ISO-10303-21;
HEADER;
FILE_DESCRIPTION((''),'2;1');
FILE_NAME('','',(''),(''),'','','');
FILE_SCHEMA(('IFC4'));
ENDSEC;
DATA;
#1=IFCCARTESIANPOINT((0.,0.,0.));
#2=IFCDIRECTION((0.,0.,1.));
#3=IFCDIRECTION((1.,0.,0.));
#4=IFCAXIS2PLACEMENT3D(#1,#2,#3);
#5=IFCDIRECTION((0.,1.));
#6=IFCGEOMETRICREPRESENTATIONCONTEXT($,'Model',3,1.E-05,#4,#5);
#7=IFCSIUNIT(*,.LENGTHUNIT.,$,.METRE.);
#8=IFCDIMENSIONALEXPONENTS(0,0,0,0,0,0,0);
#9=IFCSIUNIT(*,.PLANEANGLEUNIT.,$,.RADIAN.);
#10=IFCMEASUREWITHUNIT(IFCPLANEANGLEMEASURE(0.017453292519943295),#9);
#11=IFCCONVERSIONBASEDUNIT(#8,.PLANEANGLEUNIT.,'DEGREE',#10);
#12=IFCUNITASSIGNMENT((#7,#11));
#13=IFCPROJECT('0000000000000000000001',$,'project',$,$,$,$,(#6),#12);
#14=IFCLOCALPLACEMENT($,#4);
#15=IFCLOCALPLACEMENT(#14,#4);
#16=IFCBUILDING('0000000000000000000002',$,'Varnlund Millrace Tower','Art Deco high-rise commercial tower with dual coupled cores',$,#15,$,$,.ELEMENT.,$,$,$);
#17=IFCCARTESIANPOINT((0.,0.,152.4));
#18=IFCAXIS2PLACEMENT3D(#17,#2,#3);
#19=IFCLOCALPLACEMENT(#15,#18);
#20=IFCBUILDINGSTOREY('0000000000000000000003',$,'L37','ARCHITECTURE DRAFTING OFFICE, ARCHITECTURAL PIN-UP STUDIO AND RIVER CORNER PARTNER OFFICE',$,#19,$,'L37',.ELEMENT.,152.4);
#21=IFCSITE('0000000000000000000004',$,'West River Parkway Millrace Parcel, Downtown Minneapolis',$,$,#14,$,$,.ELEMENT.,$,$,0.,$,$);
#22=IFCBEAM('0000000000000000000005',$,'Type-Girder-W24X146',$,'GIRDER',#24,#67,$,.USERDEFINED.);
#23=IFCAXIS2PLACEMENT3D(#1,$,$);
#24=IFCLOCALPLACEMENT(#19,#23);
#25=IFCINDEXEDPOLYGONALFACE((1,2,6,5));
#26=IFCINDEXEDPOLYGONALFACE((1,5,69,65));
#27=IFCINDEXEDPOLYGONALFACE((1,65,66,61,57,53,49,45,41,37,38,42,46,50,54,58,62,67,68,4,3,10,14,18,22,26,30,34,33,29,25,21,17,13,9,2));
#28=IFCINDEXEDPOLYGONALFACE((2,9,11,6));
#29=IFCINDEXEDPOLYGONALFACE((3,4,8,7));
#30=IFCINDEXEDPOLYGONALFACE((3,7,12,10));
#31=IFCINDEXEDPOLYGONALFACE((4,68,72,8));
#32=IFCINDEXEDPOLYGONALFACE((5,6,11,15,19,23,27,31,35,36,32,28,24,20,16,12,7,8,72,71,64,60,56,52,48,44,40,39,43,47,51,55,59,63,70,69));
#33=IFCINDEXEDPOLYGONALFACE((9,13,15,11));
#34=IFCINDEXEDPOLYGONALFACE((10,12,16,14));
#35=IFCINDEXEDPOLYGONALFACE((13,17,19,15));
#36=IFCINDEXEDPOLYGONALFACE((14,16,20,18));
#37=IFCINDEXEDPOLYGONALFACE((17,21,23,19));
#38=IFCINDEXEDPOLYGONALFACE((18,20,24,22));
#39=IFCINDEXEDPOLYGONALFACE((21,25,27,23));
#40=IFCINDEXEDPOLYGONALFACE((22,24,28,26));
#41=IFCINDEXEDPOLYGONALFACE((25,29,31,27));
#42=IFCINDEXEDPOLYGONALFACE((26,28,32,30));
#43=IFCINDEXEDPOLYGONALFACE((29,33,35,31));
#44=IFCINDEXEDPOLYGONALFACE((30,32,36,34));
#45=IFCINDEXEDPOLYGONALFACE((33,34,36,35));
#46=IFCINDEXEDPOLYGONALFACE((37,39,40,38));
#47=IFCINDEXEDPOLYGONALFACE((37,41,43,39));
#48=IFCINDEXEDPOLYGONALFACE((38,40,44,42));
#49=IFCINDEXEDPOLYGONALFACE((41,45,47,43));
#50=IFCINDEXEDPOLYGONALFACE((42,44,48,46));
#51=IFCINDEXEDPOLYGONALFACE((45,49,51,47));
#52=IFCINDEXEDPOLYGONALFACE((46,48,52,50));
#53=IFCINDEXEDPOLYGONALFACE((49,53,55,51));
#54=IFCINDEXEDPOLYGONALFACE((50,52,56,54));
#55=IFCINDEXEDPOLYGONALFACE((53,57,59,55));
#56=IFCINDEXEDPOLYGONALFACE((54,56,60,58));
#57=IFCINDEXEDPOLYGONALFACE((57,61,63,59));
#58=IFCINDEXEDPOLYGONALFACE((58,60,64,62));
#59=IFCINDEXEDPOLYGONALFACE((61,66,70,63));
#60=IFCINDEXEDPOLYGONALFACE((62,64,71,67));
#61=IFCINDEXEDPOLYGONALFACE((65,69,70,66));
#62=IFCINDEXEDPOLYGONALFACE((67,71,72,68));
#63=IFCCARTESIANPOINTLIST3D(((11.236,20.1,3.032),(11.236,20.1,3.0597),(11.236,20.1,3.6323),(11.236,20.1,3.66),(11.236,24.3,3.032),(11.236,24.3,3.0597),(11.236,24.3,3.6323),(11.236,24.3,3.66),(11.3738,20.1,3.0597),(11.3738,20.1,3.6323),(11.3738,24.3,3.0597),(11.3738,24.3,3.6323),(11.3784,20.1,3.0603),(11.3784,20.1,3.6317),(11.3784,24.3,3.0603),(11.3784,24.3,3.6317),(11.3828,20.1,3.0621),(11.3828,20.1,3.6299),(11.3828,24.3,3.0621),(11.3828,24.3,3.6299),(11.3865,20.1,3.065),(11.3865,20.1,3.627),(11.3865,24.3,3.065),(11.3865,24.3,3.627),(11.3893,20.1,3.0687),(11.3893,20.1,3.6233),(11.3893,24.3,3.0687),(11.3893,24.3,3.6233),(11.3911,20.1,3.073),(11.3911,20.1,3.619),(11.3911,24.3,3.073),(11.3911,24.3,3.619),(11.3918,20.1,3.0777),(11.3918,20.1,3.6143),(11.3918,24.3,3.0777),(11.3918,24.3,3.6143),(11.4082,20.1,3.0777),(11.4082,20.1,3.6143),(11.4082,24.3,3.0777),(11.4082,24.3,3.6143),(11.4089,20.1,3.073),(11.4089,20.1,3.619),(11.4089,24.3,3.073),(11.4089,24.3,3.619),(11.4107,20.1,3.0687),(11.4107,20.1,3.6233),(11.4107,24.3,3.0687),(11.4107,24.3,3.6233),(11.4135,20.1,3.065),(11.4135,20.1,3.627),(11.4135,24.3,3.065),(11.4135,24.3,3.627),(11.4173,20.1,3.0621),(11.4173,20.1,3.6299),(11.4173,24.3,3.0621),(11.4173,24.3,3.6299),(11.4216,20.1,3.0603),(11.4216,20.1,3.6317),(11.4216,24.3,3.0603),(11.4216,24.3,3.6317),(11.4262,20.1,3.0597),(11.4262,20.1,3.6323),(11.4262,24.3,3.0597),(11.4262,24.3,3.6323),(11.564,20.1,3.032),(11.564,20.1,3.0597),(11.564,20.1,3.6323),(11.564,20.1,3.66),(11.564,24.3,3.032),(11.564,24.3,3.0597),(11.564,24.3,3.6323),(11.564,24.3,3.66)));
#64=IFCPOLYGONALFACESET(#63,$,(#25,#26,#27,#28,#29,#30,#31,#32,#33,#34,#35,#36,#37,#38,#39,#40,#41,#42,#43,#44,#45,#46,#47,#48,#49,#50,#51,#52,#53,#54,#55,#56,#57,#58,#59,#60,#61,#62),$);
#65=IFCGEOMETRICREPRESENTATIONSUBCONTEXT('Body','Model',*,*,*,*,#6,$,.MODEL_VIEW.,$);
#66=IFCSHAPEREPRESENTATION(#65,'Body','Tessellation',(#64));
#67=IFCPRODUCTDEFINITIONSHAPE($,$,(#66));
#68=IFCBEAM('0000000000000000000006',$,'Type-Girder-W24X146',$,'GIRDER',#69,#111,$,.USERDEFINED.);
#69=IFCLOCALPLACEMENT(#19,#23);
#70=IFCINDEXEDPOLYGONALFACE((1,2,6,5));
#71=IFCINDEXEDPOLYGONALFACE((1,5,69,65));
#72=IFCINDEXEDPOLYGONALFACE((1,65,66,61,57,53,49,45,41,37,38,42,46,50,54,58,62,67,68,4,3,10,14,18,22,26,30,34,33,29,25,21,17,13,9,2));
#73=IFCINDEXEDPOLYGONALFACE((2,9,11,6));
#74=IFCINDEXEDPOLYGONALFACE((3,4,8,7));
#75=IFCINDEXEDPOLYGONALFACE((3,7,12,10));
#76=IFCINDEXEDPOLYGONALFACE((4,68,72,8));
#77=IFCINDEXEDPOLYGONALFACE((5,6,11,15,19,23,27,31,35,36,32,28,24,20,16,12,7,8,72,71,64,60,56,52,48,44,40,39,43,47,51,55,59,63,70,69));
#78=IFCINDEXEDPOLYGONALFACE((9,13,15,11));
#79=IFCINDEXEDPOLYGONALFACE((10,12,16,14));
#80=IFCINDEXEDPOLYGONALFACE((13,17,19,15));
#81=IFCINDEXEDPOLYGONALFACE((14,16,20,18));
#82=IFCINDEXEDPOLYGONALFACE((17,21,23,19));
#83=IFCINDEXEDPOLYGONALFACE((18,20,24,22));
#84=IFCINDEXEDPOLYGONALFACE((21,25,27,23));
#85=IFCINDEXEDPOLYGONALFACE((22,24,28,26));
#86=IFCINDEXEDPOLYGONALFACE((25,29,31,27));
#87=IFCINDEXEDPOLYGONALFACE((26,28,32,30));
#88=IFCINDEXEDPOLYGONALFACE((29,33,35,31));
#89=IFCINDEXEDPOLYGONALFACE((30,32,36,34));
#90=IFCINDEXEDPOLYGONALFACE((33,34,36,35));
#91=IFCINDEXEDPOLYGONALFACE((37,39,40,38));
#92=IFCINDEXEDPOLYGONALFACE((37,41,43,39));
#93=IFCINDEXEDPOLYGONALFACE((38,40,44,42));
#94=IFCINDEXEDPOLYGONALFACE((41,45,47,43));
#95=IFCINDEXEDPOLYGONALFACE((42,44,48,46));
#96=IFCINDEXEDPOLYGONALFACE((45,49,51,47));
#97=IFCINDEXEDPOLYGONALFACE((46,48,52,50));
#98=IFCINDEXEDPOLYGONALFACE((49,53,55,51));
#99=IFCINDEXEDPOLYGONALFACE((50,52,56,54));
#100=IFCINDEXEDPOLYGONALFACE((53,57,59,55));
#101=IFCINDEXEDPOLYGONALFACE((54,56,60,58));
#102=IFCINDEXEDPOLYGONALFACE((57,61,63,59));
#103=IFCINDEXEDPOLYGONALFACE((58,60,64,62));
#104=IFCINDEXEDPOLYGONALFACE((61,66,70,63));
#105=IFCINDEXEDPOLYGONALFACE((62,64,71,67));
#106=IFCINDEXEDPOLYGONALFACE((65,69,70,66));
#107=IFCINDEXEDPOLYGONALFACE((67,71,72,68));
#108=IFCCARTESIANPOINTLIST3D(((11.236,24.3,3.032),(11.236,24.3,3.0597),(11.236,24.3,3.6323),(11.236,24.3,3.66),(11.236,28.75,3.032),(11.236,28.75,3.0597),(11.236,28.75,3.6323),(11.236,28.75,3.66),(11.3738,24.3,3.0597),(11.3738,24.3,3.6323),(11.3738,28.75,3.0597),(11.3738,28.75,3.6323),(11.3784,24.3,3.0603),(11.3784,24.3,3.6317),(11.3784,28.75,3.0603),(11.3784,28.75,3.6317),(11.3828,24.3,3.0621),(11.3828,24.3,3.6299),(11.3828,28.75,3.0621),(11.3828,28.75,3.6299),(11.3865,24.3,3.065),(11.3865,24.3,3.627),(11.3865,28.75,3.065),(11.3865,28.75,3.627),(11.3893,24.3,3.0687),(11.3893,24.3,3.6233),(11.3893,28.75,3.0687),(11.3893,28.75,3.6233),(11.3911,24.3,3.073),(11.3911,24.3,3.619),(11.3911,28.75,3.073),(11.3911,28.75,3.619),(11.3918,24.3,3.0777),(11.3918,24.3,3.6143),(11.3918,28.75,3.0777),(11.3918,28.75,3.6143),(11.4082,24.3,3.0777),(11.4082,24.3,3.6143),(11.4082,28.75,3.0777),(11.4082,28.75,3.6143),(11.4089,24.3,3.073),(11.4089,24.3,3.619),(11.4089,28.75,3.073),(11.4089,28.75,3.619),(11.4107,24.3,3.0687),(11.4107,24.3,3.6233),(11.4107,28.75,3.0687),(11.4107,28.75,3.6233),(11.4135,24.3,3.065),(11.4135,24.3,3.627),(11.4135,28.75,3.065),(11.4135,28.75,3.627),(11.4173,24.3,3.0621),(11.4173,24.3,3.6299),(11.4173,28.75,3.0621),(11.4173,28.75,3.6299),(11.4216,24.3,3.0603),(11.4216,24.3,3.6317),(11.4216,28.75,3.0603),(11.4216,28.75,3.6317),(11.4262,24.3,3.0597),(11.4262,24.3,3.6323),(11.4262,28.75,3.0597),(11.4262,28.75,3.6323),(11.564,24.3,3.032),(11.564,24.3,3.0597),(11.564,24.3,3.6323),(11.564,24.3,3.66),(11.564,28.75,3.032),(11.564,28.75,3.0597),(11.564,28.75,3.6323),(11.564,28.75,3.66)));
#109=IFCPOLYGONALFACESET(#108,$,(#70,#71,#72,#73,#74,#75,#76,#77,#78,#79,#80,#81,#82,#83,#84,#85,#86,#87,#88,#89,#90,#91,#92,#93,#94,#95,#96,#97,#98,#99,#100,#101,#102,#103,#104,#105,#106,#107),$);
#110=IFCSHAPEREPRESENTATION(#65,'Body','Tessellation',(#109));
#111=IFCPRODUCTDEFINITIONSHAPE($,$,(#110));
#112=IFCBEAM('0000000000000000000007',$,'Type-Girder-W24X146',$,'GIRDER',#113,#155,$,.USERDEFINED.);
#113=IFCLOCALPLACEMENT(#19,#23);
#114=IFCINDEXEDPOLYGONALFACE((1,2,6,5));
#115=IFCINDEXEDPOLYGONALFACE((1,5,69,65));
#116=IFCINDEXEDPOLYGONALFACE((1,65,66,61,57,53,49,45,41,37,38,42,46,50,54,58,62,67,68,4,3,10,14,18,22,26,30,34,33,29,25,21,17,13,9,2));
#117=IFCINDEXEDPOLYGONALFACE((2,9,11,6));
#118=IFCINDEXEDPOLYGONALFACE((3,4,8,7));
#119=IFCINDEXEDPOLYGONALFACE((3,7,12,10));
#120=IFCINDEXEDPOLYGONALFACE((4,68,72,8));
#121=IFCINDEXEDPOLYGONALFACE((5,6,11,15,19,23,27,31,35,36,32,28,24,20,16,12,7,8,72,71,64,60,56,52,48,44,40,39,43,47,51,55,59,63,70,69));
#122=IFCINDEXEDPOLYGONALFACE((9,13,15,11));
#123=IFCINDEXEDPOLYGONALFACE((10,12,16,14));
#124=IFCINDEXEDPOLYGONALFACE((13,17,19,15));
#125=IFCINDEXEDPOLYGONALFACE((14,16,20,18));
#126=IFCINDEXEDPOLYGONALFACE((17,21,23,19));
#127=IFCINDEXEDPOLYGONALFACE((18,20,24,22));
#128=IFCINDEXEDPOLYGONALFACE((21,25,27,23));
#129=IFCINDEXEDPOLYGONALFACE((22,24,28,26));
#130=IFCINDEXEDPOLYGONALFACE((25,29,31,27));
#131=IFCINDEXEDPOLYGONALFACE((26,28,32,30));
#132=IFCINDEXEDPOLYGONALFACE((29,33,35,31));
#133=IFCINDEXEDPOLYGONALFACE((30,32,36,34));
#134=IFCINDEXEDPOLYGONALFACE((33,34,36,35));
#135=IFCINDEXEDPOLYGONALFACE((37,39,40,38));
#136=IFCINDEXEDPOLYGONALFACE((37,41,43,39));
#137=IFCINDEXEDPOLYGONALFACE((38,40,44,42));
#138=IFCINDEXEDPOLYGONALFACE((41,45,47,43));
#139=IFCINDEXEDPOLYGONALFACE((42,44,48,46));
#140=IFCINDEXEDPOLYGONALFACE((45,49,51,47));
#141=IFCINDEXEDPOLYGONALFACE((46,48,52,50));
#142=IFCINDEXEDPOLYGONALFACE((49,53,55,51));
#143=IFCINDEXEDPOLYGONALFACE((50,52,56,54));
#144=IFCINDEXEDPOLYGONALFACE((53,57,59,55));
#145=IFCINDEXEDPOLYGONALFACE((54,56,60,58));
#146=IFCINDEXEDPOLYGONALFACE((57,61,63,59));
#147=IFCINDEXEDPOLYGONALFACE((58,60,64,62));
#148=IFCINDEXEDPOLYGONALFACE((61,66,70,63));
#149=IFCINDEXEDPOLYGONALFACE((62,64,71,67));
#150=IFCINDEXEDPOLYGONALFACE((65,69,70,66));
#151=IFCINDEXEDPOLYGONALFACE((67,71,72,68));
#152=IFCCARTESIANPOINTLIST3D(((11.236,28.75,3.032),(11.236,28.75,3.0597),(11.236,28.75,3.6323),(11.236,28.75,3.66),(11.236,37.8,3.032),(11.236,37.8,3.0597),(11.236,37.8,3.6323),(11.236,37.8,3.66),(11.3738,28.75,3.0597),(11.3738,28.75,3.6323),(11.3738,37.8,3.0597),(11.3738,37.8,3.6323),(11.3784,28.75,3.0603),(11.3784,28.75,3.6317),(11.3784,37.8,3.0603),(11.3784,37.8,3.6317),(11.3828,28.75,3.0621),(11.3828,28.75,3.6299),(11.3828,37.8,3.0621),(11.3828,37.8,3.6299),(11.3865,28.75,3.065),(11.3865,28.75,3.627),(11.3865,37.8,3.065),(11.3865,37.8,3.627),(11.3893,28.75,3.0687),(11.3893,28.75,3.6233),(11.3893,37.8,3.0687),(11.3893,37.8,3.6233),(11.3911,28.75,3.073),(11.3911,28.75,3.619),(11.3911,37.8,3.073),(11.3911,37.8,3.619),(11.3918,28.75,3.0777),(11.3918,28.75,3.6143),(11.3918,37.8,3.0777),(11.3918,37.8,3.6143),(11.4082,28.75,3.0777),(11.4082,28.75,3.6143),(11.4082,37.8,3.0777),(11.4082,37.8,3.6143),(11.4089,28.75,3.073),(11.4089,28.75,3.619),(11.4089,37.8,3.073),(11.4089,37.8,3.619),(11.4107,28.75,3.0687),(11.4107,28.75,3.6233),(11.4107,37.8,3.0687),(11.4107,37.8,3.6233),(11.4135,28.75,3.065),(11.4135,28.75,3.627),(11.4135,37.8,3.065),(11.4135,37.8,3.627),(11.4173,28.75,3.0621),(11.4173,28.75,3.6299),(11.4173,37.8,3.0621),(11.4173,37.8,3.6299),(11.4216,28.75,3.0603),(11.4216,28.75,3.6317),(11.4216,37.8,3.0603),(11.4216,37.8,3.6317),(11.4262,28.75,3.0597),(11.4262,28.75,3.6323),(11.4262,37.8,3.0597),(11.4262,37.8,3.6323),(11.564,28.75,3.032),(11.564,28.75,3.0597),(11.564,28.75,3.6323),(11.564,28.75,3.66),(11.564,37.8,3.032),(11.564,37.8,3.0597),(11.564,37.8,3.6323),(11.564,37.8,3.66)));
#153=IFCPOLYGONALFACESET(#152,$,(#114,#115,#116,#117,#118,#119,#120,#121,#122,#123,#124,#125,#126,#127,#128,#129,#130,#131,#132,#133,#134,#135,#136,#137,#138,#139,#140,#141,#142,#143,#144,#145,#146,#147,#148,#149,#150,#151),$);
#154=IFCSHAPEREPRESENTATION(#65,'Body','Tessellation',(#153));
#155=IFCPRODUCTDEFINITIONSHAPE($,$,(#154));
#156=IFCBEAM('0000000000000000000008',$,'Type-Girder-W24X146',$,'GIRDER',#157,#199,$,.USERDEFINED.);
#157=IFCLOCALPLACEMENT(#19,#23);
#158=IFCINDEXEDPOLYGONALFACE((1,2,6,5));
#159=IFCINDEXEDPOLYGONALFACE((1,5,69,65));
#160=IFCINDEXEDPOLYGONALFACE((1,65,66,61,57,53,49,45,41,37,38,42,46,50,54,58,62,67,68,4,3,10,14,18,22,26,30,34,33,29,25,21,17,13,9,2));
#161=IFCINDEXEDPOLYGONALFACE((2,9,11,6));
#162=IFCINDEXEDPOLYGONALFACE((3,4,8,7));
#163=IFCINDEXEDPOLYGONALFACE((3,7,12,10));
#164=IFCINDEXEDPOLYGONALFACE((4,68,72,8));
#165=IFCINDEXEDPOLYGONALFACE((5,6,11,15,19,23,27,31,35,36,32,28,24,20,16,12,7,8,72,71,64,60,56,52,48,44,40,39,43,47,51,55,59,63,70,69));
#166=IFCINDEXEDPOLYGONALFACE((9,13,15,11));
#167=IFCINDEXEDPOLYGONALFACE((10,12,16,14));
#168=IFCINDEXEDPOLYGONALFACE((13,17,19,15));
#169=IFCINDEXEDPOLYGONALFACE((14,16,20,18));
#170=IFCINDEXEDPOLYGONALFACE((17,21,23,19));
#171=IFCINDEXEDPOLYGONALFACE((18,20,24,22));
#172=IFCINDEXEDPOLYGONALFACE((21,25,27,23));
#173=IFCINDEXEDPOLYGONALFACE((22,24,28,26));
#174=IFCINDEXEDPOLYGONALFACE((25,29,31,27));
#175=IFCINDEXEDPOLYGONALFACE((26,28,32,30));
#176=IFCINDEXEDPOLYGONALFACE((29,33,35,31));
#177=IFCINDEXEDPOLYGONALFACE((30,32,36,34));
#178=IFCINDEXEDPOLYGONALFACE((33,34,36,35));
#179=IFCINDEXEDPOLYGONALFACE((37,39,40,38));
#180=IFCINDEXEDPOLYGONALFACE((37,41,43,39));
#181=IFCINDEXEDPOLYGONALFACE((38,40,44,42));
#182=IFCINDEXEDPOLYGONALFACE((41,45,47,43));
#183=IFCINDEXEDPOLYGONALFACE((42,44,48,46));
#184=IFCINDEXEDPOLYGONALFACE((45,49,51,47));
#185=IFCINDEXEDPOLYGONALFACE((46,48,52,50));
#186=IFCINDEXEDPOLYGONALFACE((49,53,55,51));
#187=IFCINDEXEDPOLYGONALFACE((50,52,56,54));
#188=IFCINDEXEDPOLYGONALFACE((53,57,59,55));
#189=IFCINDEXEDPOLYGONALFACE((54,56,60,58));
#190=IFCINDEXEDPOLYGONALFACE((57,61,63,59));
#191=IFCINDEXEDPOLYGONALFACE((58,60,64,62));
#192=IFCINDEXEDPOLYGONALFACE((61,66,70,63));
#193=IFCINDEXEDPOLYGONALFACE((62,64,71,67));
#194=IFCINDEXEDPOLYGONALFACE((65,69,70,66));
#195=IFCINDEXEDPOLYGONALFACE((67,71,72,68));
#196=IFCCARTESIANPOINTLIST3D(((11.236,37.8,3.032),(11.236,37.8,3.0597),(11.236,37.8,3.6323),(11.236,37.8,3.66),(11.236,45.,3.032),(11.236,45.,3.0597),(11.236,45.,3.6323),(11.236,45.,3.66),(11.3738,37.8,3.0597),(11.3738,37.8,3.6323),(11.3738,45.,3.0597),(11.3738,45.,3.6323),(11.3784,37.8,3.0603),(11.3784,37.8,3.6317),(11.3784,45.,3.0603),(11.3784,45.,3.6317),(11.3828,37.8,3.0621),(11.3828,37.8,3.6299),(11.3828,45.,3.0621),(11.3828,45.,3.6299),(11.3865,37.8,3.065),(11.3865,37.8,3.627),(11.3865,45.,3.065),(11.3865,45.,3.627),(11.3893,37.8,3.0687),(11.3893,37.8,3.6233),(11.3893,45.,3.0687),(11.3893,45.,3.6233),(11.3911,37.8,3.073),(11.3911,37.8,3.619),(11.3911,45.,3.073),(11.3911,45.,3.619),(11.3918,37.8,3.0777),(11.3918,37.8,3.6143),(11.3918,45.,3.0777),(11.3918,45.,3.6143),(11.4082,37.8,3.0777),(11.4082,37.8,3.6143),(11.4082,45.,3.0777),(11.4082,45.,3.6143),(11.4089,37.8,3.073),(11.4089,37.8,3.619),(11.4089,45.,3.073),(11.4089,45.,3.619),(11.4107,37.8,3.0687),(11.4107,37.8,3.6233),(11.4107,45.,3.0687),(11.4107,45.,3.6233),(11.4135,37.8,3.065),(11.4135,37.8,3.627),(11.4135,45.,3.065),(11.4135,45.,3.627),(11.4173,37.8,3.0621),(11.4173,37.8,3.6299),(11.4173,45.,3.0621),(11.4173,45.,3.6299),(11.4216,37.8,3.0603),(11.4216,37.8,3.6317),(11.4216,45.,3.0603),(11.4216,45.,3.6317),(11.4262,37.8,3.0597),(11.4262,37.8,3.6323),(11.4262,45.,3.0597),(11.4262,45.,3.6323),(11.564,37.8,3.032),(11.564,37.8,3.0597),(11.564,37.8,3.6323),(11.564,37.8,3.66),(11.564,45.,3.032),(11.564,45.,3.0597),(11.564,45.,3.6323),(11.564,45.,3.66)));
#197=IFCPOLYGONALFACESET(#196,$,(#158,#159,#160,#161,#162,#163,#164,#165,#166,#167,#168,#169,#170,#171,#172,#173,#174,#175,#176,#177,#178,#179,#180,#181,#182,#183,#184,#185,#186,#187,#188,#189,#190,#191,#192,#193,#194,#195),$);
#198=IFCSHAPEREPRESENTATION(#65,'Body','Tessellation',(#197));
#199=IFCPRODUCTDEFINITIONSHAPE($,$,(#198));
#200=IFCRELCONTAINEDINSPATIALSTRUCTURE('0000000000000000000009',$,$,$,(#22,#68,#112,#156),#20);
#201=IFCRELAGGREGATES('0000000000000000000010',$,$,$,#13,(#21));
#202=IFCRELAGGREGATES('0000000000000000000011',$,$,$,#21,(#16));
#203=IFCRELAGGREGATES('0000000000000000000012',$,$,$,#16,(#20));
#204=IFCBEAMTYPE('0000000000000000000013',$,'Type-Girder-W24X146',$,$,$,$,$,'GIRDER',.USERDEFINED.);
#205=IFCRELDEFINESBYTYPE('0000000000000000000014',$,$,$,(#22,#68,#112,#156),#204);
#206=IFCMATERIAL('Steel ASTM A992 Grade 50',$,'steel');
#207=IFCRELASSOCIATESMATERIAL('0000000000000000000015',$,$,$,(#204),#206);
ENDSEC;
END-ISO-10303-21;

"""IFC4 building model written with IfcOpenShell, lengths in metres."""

from ifc_helpers import new_model, entity, si_unit, converted_unit, direction, frame, origin_with_axes, origin_2d_with_axis, place, context, subcontext, project, spatial, i_section, extrude, material, material_profile, profile_set, type_object, element, save


model = new_model("IFC4")

# Units and contexts
model_context = context("Model", 3, precision=1e-05, world=origin_with_axes(), true_north=direction((0.0, 1.0)))
body_context = subcontext(model_context, "Body", "Model", "MODEL_VIEW")
ifc_project = project(units=[si_unit("LENGTHUNIT", "METRE"), converted_unit("PLANEANGLEUNIT", "DEGREE", entity("IfcPlaneAngleMeasure", 0.017453292519943295), si_unit("PLANEANGLEUNIT", "RADIAN"), dimensions=[0, 0, 0, 0, 0, 0, 0])], contexts=[model_context])

# Site, building, storey
site_placement = place(None, origin_with_axes())
site = spatial("IfcSite", under=ifc_project, at=site_placement, Name="West River Parkway Millrace Parcel, Downtown Minneapolis", CompositionType="ELEMENT", RefElevation=0.0)
building_placement = place(site_placement, origin_with_axes())
building = spatial("IfcBuilding", under=site, at=building_placement, Name="Varnlund Millrace Tower", Description="Art Deco high-rise commercial tower with dual coupled cores", CompositionType="ELEMENT")
storey_placement = place(building_placement, frame((0.0, 0.0, 152.4), z_axis=(0.0, 0.0, 1.0), x_axis=(1.0, 0.0, 0.0)))
storey = spatial("IfcBuildingStorey", under=building, at=storey_placement, Name="L37", Description="ARCHITECTURE DRAFTING OFFICE, ARCHITECTURAL PIN-UP STUDIO AND RIVER CORNER PARTNER OFFICE", LongName="L37", CompositionType="ELEMENT", Elevation=152.4)

# Beams
ifc_material_1 = material(Name="Steel ASTM A992 Grade 50", Category="steel")
ifc_material_profile_1 = material_profile(ifc_material_1, i_section(OverallWidth=0.328, OverallDepth=0.628, WebThickness=0.0165, FlangeThickness=0.0277, FilletRadius=0.018, at=origin_2d_with_axis()), Name="Steel ASTM A992 Grade 50")
ifc_profile_set_1 = profile_set([ifc_material_profile_1], Name="Steel ASTM A992 Grade 50")
beam_type_1 = type_object("IfcBeamType", Name="Type-Girder-W24X146", ElementType="GIRDER", PredefinedType="USERDEFINED", material=ifc_profile_set_1)
beam_1_placement = place(storey_placement, frame((11.4, 20.1, 3.346), z_axis=(0.0, 1.0, 0.0), x_axis=(-1.0, 0.0, 0.0)))
element("IfcBeam", 1, at=beam_1_placement, inside=storey, type_object=beam_type_1, Name="Type-Girder-W24X146", ObjectType="GIRDER", PredefinedType="USERDEFINED", context=body_context, shape_type="SweptSolid", body=[
    extrude(i_section(OverallWidth=0.328, OverallDepth=0.628, WebThickness=0.0165, FlangeThickness=0.0277, FilletRadius=0.018, at=origin_2d_with_axis()), origin_with_axes(), (0.0, 0.0, 1.0), 4.2),
])
beam_2_placement = place(storey_placement, frame((11.4, 24.3, 3.346), z_axis=(0.0, 1.0, 0.0), x_axis=(-1.0, 0.0, 0.0)))
element("IfcBeam", 2, at=beam_2_placement, inside=storey, type_object=beam_type_1, Name="Type-Girder-W24X146", ObjectType="GIRDER", PredefinedType="USERDEFINED", context=body_context, shape_type="SweptSolid", body=[
    extrude(i_section(OverallWidth=0.328, OverallDepth=0.628, WebThickness=0.0165, FlangeThickness=0.0277, FilletRadius=0.018, at=origin_2d_with_axis()), origin_with_axes(), (0.0, 0.0, 1.0), 4.45),
])
beam_3_placement = place(storey_placement, frame((11.4, 28.75, 3.346), z_axis=(0.0, 1.0, 0.0), x_axis=(-1.0, 0.0, 0.0)))
element("IfcBeam", 3, at=beam_3_placement, inside=storey, type_object=beam_type_1, Name="Type-Girder-W24X146", ObjectType="GIRDER", PredefinedType="USERDEFINED", context=body_context, shape_type="SweptSolid", body=[
    extrude(i_section(OverallWidth=0.328, OverallDepth=0.628, WebThickness=0.0165, FlangeThickness=0.0277, FilletRadius=0.018, at=origin_2d_with_axis()), origin_with_axes(), (0.0, 0.0, 1.0), 9.05),
])
beam_4_placement = place(storey_placement, frame((11.4, 37.8, 3.346), z_axis=(0.0, 1.0, 0.0), x_axis=(-1.0, 0.0, 0.0)))
element("IfcBeam", 4, at=beam_4_placement, inside=storey, type_object=beam_type_1, Name="Type-Girder-W24X146", ObjectType="GIRDER", PredefinedType="USERDEFINED", context=body_context, shape_type="SweptSolid", body=[
    extrude(i_section(OverallWidth=0.328, OverallDepth=0.628, WebThickness=0.0165, FlangeThickness=0.0277, FilletRadius=0.018, at=origin_2d_with_axis()), origin_with_axes(), (0.0, 0.0, 1.0), 7.2),
])

save(model, "model.ifc")
